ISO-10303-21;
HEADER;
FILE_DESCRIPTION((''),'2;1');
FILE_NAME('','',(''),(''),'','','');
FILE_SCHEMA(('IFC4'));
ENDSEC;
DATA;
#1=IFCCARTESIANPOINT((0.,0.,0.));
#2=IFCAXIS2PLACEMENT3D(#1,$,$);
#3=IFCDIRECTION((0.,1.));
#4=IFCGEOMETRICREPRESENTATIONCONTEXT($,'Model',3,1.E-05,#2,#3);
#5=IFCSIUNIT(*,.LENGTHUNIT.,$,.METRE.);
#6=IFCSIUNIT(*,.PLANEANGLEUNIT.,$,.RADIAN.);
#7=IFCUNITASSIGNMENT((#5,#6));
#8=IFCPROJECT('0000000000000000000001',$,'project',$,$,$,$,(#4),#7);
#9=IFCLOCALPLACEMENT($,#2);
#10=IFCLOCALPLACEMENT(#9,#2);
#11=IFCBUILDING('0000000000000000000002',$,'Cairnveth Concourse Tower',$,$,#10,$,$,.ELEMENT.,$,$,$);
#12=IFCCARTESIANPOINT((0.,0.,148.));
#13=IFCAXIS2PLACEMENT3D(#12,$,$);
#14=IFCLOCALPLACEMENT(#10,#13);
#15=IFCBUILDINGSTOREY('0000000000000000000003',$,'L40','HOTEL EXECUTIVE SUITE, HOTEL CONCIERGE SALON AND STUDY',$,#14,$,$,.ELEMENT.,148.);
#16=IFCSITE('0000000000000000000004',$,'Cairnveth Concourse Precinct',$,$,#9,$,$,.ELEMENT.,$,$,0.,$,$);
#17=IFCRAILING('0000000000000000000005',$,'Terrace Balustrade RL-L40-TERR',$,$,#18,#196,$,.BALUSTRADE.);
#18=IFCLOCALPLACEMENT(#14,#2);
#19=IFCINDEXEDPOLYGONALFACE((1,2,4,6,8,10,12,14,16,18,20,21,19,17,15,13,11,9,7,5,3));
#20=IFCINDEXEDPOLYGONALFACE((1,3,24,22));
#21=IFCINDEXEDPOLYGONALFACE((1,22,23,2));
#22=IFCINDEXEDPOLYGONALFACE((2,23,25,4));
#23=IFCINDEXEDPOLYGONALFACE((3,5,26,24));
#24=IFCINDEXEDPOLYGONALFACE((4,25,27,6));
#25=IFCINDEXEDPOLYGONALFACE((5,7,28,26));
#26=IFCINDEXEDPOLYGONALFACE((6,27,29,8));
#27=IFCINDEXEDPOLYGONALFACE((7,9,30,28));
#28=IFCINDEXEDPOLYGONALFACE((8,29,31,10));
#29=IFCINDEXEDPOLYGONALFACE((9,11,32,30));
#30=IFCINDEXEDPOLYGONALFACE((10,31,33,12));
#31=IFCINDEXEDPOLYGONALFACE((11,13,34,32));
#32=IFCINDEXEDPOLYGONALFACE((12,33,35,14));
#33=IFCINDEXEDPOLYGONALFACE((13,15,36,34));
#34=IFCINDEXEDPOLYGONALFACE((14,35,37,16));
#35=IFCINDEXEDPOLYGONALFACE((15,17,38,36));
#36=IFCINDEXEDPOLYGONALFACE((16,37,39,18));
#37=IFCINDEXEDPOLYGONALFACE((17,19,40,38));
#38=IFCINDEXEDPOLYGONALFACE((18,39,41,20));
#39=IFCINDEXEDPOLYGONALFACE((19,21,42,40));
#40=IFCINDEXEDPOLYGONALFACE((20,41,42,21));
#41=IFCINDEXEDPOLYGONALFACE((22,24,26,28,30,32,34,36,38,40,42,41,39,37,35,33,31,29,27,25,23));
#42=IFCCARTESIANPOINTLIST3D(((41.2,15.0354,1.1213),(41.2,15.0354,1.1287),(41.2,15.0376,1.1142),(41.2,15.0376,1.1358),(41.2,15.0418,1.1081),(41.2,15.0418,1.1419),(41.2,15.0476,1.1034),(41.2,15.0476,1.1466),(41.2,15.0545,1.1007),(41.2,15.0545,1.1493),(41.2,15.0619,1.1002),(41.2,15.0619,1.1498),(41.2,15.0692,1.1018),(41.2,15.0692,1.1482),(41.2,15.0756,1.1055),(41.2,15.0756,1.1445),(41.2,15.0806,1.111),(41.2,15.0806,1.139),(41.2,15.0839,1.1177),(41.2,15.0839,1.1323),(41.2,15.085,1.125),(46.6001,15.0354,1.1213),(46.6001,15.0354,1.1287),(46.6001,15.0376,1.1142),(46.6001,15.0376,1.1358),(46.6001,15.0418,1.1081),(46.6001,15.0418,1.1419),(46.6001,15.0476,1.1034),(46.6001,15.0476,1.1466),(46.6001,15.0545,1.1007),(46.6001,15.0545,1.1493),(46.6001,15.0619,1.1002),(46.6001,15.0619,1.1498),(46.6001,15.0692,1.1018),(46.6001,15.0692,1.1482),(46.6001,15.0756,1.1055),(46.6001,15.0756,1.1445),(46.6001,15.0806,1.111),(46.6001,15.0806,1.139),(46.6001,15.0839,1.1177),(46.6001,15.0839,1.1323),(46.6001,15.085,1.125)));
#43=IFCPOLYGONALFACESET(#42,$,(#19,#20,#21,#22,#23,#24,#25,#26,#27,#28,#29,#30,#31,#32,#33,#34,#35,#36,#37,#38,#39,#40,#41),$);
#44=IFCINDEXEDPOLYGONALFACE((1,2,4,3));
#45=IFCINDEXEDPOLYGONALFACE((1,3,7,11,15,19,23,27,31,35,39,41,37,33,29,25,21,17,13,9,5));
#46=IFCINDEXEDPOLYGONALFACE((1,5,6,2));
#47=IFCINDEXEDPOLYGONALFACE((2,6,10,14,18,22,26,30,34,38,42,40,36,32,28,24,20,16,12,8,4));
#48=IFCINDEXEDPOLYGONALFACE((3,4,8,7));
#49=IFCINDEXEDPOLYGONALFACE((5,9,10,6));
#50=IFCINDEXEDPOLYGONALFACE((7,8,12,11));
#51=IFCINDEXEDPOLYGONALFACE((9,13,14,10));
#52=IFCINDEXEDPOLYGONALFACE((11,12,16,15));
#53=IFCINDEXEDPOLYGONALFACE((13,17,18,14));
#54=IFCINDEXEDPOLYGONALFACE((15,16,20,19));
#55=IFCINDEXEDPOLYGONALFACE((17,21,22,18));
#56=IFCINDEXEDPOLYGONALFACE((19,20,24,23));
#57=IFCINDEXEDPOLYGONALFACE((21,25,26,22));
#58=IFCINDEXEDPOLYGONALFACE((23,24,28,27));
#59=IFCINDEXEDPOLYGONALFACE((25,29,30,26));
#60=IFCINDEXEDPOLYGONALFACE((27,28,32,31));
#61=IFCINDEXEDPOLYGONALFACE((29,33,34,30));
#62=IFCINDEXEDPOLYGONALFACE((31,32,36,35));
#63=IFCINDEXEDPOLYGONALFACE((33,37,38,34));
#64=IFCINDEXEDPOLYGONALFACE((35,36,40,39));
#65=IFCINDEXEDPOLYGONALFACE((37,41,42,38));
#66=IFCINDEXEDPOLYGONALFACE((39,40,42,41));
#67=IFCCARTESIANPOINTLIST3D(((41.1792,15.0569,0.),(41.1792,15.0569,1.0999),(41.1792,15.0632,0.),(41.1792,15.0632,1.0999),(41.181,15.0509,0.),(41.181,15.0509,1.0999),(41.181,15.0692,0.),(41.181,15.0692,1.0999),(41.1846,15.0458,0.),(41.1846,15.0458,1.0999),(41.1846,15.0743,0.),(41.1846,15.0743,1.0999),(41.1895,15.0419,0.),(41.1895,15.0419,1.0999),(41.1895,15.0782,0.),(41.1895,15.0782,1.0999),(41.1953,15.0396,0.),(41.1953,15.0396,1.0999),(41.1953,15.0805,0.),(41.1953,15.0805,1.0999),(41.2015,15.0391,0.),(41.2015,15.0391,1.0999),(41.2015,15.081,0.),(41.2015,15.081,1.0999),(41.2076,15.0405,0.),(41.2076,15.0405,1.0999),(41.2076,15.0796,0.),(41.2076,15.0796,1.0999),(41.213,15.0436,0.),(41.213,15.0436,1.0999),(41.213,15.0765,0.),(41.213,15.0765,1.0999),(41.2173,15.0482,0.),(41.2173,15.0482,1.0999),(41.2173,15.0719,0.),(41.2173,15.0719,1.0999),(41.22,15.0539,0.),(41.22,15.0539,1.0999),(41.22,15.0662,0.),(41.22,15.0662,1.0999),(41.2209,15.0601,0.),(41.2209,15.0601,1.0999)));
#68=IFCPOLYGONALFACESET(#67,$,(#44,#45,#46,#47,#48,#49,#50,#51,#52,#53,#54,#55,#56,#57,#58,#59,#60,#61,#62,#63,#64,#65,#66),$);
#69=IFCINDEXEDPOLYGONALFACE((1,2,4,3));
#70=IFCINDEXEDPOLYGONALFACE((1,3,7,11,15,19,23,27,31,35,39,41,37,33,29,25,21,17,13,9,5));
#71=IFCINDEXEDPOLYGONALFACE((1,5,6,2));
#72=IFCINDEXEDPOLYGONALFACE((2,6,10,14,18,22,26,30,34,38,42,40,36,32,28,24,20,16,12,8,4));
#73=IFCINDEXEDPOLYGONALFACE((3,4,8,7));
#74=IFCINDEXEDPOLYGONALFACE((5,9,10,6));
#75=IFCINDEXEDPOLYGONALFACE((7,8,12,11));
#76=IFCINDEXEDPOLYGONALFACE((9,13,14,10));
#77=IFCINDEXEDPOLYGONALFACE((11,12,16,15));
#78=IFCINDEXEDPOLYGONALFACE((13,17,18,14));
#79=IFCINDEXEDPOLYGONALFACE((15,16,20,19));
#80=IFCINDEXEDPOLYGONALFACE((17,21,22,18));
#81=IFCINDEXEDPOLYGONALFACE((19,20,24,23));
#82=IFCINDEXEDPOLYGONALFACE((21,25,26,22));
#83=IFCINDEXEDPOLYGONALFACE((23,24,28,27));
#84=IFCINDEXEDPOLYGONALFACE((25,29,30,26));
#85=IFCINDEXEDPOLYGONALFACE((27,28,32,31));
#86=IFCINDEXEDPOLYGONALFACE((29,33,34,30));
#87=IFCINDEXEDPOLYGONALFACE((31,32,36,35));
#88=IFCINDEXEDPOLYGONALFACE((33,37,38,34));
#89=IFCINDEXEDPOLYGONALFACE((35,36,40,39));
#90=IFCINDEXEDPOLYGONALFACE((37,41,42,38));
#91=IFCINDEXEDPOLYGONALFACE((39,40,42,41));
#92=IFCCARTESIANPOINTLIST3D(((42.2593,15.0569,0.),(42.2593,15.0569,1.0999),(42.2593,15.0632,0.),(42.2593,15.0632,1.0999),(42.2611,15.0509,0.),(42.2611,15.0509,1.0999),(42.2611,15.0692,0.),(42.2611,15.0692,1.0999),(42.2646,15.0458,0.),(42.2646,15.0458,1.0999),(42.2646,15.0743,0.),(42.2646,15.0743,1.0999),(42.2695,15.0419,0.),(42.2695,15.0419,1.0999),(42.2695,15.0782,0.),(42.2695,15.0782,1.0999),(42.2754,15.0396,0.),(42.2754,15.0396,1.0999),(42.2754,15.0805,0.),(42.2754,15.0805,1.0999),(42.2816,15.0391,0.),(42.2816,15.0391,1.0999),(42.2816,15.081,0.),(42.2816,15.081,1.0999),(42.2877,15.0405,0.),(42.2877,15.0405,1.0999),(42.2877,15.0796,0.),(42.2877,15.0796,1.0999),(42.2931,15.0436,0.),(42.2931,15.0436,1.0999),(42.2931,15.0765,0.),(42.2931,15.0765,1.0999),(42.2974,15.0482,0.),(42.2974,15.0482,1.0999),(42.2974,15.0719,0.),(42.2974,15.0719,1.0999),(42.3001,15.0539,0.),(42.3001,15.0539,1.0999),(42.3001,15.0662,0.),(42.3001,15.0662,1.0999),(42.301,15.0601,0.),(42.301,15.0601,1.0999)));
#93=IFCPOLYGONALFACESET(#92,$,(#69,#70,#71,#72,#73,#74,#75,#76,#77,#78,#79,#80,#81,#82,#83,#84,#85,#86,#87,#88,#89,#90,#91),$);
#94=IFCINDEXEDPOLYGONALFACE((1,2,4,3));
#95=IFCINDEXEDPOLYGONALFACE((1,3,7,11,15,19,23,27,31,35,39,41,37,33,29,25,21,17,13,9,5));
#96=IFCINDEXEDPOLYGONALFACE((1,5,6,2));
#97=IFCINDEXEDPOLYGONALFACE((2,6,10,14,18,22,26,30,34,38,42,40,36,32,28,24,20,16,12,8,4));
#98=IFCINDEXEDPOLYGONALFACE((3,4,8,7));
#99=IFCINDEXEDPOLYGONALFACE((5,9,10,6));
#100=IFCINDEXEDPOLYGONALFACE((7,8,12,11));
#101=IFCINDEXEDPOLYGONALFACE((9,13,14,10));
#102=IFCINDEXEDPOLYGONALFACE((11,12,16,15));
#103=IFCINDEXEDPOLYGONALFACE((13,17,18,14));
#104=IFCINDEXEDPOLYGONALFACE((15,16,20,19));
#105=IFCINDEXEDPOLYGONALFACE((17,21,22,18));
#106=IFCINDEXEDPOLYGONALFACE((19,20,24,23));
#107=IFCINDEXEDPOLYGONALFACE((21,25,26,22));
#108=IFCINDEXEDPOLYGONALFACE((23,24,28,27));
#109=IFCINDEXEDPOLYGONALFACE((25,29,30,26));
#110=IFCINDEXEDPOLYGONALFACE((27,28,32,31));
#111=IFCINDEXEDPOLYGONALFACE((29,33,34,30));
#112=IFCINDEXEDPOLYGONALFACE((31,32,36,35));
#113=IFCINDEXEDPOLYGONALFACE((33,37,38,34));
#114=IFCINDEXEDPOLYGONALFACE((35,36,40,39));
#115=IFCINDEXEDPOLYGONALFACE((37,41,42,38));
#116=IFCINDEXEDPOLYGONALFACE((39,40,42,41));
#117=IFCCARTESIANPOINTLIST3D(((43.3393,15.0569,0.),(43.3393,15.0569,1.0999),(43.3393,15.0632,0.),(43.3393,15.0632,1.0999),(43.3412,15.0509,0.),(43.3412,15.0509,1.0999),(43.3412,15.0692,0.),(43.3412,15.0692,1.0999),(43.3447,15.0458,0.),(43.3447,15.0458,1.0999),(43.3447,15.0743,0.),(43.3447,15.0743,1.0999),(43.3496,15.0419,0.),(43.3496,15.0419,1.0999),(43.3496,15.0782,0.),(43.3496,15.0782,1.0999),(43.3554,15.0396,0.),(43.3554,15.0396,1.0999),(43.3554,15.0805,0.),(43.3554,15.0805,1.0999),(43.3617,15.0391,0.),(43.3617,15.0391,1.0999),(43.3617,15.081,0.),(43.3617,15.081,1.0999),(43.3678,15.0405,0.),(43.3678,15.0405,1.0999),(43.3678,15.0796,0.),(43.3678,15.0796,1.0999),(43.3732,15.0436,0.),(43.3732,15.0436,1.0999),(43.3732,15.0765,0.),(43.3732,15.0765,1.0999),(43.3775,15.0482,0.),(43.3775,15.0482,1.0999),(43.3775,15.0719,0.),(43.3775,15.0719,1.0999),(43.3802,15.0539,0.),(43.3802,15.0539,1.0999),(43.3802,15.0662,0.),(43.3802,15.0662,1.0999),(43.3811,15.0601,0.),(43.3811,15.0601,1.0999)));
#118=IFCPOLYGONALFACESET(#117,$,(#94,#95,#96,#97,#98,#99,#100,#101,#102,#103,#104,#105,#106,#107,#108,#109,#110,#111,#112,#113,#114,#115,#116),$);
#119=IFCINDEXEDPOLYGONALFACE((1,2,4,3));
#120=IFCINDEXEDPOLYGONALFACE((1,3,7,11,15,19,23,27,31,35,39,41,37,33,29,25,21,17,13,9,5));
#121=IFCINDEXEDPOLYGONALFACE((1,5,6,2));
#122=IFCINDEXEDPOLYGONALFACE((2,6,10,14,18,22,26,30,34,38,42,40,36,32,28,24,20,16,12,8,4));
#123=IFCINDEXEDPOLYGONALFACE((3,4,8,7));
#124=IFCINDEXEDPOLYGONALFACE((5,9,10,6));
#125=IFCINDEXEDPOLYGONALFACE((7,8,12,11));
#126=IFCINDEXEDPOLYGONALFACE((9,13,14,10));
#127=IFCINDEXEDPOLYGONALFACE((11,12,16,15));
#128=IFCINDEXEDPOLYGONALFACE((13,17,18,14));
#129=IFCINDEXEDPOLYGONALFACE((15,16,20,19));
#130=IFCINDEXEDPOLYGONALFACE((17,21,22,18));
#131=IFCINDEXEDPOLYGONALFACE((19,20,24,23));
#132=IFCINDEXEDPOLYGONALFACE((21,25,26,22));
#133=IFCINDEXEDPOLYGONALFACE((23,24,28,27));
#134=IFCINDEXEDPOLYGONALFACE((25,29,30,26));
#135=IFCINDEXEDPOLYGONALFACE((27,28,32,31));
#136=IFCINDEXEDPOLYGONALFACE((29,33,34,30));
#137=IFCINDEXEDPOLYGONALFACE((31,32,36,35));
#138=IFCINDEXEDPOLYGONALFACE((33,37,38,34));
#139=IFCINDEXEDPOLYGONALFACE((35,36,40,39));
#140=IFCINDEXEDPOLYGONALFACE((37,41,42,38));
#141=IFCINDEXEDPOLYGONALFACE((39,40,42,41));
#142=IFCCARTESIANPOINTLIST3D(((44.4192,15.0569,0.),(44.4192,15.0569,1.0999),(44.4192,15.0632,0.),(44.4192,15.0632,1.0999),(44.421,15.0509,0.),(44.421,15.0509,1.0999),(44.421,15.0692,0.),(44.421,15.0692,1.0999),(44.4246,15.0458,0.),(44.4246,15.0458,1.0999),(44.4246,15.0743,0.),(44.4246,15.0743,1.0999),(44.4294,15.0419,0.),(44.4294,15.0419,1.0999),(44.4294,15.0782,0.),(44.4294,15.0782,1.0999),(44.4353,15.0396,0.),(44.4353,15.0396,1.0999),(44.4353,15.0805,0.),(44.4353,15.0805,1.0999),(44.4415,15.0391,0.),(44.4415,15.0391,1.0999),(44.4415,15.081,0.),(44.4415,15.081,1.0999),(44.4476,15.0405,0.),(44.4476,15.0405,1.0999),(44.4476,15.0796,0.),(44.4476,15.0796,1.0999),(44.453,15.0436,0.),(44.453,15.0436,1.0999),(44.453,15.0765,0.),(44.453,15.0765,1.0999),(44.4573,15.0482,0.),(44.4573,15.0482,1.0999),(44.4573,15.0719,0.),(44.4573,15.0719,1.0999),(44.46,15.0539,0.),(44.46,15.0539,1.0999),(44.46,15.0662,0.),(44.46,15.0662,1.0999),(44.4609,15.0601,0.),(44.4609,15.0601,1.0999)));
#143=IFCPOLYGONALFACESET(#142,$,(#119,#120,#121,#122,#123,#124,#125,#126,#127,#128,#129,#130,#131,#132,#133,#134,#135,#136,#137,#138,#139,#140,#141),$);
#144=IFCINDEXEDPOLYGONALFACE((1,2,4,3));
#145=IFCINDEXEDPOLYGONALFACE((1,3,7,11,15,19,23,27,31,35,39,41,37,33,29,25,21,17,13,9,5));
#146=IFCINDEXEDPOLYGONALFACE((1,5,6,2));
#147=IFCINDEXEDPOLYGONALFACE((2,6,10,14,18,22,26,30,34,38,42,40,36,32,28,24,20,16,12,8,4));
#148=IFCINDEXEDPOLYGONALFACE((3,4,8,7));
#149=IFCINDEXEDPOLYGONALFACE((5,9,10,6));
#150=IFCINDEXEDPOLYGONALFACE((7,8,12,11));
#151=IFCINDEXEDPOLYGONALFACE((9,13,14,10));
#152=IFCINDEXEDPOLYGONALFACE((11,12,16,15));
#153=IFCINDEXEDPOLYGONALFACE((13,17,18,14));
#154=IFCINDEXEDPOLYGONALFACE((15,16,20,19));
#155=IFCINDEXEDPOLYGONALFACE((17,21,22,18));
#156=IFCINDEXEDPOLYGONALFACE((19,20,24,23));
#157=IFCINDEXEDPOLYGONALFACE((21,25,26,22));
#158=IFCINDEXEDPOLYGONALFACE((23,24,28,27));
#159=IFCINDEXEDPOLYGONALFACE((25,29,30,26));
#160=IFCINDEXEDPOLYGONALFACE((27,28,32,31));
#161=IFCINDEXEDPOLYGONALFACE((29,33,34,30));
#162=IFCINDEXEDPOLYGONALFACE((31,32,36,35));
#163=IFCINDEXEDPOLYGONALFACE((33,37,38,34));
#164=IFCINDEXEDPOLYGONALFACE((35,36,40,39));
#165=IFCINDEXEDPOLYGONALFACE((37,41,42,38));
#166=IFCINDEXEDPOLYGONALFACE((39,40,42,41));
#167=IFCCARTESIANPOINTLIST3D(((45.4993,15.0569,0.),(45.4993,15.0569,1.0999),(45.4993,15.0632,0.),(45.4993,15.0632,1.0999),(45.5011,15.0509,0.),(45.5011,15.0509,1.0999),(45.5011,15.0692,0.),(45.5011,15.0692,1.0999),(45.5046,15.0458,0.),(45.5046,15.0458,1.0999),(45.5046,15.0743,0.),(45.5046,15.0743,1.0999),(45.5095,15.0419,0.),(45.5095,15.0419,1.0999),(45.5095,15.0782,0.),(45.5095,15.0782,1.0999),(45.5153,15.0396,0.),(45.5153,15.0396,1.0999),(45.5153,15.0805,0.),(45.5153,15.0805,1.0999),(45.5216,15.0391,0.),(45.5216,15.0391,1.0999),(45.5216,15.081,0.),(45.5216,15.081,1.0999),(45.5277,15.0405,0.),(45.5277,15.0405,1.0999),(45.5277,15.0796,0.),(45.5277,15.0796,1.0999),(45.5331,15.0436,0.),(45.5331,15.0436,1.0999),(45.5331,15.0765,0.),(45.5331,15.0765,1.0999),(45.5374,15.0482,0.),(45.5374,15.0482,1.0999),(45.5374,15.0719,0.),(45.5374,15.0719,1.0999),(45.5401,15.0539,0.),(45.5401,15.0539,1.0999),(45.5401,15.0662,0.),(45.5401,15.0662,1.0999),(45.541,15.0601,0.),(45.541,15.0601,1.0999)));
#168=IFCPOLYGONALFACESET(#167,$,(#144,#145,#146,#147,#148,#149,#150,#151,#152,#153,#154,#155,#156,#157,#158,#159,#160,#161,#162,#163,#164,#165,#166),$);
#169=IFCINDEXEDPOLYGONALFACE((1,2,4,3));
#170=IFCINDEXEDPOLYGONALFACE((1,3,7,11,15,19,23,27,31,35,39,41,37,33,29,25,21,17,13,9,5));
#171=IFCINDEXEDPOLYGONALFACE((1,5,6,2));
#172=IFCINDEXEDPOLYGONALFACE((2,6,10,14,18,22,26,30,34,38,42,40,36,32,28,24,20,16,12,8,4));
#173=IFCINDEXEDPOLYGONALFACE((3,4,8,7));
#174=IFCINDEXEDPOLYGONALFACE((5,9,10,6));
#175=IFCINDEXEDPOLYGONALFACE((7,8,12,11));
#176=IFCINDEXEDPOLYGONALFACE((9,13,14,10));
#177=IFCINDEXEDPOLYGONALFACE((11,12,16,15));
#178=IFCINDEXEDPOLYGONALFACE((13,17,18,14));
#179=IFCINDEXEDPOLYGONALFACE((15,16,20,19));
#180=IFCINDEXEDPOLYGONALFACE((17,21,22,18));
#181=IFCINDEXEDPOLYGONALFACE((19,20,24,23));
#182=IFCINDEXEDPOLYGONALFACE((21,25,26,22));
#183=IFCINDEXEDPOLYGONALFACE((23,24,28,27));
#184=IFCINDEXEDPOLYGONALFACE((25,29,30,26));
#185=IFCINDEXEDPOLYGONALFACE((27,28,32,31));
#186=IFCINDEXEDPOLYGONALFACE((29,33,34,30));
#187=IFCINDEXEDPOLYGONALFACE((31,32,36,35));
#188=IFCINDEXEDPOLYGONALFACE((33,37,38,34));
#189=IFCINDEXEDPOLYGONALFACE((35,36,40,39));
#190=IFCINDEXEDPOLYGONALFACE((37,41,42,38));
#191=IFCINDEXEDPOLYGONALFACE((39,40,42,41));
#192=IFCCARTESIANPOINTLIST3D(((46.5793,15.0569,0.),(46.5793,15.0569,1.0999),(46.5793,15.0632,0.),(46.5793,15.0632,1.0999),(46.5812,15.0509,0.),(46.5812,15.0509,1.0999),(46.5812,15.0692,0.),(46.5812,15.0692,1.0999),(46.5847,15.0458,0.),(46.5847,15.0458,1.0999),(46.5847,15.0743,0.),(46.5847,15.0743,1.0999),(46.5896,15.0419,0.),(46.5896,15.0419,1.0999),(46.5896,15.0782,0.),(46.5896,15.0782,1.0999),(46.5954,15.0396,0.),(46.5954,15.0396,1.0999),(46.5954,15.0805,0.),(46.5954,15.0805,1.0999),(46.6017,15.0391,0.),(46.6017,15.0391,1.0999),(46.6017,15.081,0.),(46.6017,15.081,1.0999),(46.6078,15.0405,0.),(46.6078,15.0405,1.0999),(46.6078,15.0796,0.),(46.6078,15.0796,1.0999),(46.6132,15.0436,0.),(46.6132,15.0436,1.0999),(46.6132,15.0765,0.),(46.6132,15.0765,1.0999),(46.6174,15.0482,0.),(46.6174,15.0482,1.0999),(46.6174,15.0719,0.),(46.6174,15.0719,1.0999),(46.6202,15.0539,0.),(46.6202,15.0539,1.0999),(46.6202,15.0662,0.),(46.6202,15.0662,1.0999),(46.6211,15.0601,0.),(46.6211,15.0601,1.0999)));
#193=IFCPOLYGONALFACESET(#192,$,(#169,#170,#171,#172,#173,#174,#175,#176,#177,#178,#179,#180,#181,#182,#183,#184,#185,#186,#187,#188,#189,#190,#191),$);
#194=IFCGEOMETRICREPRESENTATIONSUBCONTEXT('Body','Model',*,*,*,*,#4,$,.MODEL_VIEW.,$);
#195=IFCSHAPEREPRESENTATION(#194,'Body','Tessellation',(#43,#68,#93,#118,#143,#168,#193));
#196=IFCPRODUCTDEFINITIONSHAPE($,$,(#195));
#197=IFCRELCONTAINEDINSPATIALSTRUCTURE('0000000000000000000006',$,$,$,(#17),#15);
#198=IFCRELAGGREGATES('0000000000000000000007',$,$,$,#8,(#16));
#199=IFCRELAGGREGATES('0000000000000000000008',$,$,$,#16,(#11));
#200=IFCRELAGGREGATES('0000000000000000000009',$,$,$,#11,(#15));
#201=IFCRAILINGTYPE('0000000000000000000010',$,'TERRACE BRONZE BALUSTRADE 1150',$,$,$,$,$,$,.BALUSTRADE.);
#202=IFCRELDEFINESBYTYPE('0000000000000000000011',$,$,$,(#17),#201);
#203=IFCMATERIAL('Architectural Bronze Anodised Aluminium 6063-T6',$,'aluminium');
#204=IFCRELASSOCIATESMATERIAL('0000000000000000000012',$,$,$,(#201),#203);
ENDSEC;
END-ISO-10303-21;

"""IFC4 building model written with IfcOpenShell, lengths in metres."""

from ifc_helpers import new_model, si_unit, direction, frame, origin, origin_2d, place, context, subcontext, project, spatial, circle, extrude, material, type_object, element, save


model = new_model("IFC4")

# Units and contexts
model_context = context("Model", 3, precision=1e-05, world=origin(), true_north=direction((0.0, 1.0)))
body_context = subcontext(model_context, "Body", "Model", "MODEL_VIEW")
ifc_project = project(units=[si_unit("LENGTHUNIT", "METRE"), si_unit("PLANEANGLEUNIT", "RADIAN")], contexts=[model_context])

# Site, building, storey
site_placement = place(None, origin())
site = spatial("IfcSite", under=ifc_project, at=site_placement, Name="Cairnveth Concourse Precinct", CompositionType="ELEMENT", RefElevation=0.0)
building_placement = place(site_placement, origin())
building = spatial("IfcBuilding", under=site, at=building_placement, Name="Cairnveth Concourse Tower", CompositionType="ELEMENT")
storey_placement = place(building_placement, frame((0.0, 0.0, 148.0)))
storey = spatial("IfcBuildingStorey", under=building, at=storey_placement, Name="L40", Description="HOTEL EXECUTIVE SUITE, HOTEL CONCIERGE SALON AND STUDY", CompositionType="ELEMENT", Elevation=148.0)

# Shared definitions
ifc_material_1 = material(Name="Architectural Bronze Anodised Aluminium 6063-T6", Category="aluminium")

# Railing
railing_type = type_object("IfcRailingType", Name="TERRACE BRONZE BALUSTRADE 1150", PredefinedType="BALUSTRADE", material=ifc_material_1)
railing_placement = place(storey_placement, frame((41.2, 15.0601, 0.0)))
element("IfcRailing", 1, at=railing_placement, inside=storey, type_object=railing_type, Name="Terrace Balustrade RL-L40-TERR", PredefinedType="BALUSTRADE", context=body_context, shape_type="SweptSolid", body=[
    extrude(circle(Radius=0.0249, at=origin_2d()), frame((0.0, 0.0, 1.125), z_axis=(1.0, 0.0, 0.0), x_axis=(0.0, 1.0, 0.0)), (0.0, 0.0, 1.0), 5.4001),
    extrude(circle(Radius=0.021, at=origin_2d()), origin(), (0.0, 0.0, 1.0), 1.0999),
    extrude(circle(Radius=0.021, at=origin_2d()), frame((1.0801, 0.0, 0.0)), (0.0, 0.0, 1.0), 1.0999),
    extrude(circle(Radius=0.021, at=origin_2d()), frame((2.1602, 0.0, 0.0)), (0.0, 0.0, 1.0), 1.0999),
    extrude(circle(Radius=0.021, at=origin_2d()), frame((3.24, 0.0, 0.0)), (0.0, 0.0, 1.0), 1.0999),
    extrude(circle(Radius=0.021, at=origin_2d()), frame((4.3201, 0.0, 0.0)), (0.0, 0.0, 1.0), 1.0999),
    extrude(circle(Radius=0.021, at=origin_2d()), frame((5.4001, 0.0, 0.0)), (0.0, 0.0, 1.0), 1.0999),
])

save(model, "model.ifc")
